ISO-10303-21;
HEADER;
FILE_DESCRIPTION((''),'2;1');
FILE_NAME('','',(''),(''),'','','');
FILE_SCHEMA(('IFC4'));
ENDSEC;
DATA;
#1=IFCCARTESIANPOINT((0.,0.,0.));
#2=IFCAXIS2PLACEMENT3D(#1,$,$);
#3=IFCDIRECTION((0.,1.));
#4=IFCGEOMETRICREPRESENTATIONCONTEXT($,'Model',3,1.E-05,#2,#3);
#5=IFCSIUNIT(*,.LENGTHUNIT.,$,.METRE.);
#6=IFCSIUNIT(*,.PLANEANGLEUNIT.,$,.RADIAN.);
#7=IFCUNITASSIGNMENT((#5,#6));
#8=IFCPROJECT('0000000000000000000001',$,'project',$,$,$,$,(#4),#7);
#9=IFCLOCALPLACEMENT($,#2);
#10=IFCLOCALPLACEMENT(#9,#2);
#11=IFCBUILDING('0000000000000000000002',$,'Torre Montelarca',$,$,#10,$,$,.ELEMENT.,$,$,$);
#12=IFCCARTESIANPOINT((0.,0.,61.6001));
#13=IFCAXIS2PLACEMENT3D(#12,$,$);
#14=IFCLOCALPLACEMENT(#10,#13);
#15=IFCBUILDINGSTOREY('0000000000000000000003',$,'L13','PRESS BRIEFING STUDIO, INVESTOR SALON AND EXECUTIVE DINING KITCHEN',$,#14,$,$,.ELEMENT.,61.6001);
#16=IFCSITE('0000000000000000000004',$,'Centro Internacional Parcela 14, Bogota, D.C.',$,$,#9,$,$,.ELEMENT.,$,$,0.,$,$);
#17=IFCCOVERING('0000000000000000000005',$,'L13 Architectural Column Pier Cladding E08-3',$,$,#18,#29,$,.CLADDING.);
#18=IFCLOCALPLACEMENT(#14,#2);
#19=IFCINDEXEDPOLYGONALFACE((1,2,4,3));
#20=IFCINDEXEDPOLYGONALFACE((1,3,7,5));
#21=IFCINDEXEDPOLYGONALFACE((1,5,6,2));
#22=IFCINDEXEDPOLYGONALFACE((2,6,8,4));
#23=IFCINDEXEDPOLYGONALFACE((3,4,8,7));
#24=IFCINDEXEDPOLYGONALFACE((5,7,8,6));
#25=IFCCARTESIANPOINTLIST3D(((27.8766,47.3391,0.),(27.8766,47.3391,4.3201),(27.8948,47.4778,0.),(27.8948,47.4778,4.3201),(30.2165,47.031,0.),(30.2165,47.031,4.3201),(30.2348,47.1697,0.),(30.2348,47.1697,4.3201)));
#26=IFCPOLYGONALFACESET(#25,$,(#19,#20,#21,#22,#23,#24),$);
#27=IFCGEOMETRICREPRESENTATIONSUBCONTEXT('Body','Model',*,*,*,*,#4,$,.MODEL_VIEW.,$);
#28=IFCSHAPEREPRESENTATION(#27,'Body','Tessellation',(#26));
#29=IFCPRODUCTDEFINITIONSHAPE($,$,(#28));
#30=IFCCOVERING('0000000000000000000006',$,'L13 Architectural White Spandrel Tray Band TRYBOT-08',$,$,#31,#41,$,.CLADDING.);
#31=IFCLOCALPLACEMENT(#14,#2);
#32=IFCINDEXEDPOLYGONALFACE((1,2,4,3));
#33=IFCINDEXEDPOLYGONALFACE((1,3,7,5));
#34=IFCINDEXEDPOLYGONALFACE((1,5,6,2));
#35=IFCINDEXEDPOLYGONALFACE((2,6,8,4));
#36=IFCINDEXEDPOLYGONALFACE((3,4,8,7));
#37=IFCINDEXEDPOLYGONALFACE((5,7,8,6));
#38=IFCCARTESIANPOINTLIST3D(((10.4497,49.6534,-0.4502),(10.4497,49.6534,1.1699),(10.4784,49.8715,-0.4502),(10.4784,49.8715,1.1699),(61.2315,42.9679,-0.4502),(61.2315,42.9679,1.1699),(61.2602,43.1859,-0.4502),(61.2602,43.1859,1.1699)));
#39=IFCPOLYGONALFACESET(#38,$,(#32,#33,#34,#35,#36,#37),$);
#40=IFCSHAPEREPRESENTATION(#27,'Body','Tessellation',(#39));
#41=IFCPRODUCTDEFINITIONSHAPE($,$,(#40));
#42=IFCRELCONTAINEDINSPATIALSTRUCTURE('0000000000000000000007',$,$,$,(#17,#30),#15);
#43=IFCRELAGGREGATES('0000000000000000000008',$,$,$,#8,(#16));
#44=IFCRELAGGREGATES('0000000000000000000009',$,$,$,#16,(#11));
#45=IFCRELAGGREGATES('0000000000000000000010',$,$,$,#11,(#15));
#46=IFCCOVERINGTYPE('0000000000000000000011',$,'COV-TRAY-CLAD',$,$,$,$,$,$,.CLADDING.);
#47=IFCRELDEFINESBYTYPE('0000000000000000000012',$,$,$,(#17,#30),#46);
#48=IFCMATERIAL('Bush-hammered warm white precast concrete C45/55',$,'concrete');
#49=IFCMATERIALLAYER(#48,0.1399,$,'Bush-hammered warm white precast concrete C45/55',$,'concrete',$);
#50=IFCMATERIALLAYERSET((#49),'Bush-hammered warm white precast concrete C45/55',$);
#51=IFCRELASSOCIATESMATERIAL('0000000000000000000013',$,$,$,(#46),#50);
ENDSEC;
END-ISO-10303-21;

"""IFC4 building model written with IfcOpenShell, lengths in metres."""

from ifc_helpers import new_model, si_unit, direction, frame, origin, origin_2d, place, context, subcontext, project, spatial, rectangle, extrude, source, transform, mapped, material, layer, layer_set, type_object, element, save


model = new_model("IFC4")

# Units and contexts
model_context = context("Model", 3, precision=1e-05, world=origin(), true_north=direction((0.0, 1.0)))
body_context = subcontext(model_context, "Body", "Model", "MODEL_VIEW")
ifc_project = project(units=[si_unit("LENGTHUNIT", "METRE"), si_unit("PLANEANGLEUNIT", "RADIAN")], contexts=[model_context])

# Site, building, storey
site_placement = place(None, origin())
site = spatial("IfcSite", under=ifc_project, at=site_placement, Name="Centro Internacional Parcela 14, Bogota, D.C.", CompositionType="ELEMENT", RefElevation=0.0)
building_placement = place(site_placement, origin())
building = spatial("IfcBuilding", under=site, at=building_placement, Name="Torre Montelarca", CompositionType="ELEMENT")
storey_placement = place(building_placement, frame((0.0, 0.0, 61.6001)))
storey = spatial("IfcBuildingStorey", under=building, at=storey_placement, Name="L13", Description="PRESS BRIEFING STUDIO, INVESTOR SALON AND EXECUTIVE DINING KITCHEN", CompositionType="ELEMENT", Elevation=61.6001)

# Coverings
ifc_material_1 = material(Name="Bush-hammered warm white precast concrete C45/55", Category="concrete")
ifc_layer_1 = layer(ifc_material_1, 0.1399, Name="Bush-hammered warm white precast concrete C45/55", Category="concrete")
ifc_layer_set_1 = layer_set([ifc_layer_1], Name="Bush-hammered warm white precast concrete C45/55")
covering_type = type_object("IfcCoveringType", Name="COV-TRAY-CLAD", PredefinedType="CLADDING", material=ifc_layer_set_1)
shared_shape_1 = source(origin(), body_context, "Body", "SweptSolid", [
    extrude(rectangle(XDim=2.3601, YDim=0.1399, at=origin_2d()), origin(), (0.0, 0.0, 1.0), 4.3201),
])
covering_1_placement = place(storey_placement, frame((29.0557, 47.2544, 0.0), z_axis=(0.0, 0.0, 1.0), x_axis=(-0.991445, 0.130526, 0.0)))
element("IfcCovering", 1, at=covering_1_placement, inside=storey, type_object=covering_type, Name="L13 Architectural Column Pier Cladding E08-3", PredefinedType="CLADDING", context=body_context, shape_type="MappedRepresentation", body=[
    mapped(shared_shape_1, transform((0.0, 0.0, 0.0), scale=1.0)),
])
shared_shape_2 = source(origin(), body_context, "Body", "SweptSolid", [
    extrude(rectangle(XDim=51.22, YDim=0.22, at=origin_2d()), origin(), (0.0, 0.0, 1.0), 1.6201),
])
covering_2_placement = place(storey_placement, frame((35.855, 46.4197, -0.4502), z_axis=(0.0, 0.0, 1.0), x_axis=(-0.991445, 0.130526, 0.0)))
element("IfcCovering", 2, at=covering_2_placement, inside=storey, type_object=covering_type, Name="L13 Architectural White Spandrel Tray Band TRYBOT-08", PredefinedType="CLADDING", context=body_context, shape_type="MappedRepresentation", body=[
    mapped(shared_shape_2, transform((0.0, 0.0, 0.0), scale=1.0)),
])

save(model, "model.ifc")
